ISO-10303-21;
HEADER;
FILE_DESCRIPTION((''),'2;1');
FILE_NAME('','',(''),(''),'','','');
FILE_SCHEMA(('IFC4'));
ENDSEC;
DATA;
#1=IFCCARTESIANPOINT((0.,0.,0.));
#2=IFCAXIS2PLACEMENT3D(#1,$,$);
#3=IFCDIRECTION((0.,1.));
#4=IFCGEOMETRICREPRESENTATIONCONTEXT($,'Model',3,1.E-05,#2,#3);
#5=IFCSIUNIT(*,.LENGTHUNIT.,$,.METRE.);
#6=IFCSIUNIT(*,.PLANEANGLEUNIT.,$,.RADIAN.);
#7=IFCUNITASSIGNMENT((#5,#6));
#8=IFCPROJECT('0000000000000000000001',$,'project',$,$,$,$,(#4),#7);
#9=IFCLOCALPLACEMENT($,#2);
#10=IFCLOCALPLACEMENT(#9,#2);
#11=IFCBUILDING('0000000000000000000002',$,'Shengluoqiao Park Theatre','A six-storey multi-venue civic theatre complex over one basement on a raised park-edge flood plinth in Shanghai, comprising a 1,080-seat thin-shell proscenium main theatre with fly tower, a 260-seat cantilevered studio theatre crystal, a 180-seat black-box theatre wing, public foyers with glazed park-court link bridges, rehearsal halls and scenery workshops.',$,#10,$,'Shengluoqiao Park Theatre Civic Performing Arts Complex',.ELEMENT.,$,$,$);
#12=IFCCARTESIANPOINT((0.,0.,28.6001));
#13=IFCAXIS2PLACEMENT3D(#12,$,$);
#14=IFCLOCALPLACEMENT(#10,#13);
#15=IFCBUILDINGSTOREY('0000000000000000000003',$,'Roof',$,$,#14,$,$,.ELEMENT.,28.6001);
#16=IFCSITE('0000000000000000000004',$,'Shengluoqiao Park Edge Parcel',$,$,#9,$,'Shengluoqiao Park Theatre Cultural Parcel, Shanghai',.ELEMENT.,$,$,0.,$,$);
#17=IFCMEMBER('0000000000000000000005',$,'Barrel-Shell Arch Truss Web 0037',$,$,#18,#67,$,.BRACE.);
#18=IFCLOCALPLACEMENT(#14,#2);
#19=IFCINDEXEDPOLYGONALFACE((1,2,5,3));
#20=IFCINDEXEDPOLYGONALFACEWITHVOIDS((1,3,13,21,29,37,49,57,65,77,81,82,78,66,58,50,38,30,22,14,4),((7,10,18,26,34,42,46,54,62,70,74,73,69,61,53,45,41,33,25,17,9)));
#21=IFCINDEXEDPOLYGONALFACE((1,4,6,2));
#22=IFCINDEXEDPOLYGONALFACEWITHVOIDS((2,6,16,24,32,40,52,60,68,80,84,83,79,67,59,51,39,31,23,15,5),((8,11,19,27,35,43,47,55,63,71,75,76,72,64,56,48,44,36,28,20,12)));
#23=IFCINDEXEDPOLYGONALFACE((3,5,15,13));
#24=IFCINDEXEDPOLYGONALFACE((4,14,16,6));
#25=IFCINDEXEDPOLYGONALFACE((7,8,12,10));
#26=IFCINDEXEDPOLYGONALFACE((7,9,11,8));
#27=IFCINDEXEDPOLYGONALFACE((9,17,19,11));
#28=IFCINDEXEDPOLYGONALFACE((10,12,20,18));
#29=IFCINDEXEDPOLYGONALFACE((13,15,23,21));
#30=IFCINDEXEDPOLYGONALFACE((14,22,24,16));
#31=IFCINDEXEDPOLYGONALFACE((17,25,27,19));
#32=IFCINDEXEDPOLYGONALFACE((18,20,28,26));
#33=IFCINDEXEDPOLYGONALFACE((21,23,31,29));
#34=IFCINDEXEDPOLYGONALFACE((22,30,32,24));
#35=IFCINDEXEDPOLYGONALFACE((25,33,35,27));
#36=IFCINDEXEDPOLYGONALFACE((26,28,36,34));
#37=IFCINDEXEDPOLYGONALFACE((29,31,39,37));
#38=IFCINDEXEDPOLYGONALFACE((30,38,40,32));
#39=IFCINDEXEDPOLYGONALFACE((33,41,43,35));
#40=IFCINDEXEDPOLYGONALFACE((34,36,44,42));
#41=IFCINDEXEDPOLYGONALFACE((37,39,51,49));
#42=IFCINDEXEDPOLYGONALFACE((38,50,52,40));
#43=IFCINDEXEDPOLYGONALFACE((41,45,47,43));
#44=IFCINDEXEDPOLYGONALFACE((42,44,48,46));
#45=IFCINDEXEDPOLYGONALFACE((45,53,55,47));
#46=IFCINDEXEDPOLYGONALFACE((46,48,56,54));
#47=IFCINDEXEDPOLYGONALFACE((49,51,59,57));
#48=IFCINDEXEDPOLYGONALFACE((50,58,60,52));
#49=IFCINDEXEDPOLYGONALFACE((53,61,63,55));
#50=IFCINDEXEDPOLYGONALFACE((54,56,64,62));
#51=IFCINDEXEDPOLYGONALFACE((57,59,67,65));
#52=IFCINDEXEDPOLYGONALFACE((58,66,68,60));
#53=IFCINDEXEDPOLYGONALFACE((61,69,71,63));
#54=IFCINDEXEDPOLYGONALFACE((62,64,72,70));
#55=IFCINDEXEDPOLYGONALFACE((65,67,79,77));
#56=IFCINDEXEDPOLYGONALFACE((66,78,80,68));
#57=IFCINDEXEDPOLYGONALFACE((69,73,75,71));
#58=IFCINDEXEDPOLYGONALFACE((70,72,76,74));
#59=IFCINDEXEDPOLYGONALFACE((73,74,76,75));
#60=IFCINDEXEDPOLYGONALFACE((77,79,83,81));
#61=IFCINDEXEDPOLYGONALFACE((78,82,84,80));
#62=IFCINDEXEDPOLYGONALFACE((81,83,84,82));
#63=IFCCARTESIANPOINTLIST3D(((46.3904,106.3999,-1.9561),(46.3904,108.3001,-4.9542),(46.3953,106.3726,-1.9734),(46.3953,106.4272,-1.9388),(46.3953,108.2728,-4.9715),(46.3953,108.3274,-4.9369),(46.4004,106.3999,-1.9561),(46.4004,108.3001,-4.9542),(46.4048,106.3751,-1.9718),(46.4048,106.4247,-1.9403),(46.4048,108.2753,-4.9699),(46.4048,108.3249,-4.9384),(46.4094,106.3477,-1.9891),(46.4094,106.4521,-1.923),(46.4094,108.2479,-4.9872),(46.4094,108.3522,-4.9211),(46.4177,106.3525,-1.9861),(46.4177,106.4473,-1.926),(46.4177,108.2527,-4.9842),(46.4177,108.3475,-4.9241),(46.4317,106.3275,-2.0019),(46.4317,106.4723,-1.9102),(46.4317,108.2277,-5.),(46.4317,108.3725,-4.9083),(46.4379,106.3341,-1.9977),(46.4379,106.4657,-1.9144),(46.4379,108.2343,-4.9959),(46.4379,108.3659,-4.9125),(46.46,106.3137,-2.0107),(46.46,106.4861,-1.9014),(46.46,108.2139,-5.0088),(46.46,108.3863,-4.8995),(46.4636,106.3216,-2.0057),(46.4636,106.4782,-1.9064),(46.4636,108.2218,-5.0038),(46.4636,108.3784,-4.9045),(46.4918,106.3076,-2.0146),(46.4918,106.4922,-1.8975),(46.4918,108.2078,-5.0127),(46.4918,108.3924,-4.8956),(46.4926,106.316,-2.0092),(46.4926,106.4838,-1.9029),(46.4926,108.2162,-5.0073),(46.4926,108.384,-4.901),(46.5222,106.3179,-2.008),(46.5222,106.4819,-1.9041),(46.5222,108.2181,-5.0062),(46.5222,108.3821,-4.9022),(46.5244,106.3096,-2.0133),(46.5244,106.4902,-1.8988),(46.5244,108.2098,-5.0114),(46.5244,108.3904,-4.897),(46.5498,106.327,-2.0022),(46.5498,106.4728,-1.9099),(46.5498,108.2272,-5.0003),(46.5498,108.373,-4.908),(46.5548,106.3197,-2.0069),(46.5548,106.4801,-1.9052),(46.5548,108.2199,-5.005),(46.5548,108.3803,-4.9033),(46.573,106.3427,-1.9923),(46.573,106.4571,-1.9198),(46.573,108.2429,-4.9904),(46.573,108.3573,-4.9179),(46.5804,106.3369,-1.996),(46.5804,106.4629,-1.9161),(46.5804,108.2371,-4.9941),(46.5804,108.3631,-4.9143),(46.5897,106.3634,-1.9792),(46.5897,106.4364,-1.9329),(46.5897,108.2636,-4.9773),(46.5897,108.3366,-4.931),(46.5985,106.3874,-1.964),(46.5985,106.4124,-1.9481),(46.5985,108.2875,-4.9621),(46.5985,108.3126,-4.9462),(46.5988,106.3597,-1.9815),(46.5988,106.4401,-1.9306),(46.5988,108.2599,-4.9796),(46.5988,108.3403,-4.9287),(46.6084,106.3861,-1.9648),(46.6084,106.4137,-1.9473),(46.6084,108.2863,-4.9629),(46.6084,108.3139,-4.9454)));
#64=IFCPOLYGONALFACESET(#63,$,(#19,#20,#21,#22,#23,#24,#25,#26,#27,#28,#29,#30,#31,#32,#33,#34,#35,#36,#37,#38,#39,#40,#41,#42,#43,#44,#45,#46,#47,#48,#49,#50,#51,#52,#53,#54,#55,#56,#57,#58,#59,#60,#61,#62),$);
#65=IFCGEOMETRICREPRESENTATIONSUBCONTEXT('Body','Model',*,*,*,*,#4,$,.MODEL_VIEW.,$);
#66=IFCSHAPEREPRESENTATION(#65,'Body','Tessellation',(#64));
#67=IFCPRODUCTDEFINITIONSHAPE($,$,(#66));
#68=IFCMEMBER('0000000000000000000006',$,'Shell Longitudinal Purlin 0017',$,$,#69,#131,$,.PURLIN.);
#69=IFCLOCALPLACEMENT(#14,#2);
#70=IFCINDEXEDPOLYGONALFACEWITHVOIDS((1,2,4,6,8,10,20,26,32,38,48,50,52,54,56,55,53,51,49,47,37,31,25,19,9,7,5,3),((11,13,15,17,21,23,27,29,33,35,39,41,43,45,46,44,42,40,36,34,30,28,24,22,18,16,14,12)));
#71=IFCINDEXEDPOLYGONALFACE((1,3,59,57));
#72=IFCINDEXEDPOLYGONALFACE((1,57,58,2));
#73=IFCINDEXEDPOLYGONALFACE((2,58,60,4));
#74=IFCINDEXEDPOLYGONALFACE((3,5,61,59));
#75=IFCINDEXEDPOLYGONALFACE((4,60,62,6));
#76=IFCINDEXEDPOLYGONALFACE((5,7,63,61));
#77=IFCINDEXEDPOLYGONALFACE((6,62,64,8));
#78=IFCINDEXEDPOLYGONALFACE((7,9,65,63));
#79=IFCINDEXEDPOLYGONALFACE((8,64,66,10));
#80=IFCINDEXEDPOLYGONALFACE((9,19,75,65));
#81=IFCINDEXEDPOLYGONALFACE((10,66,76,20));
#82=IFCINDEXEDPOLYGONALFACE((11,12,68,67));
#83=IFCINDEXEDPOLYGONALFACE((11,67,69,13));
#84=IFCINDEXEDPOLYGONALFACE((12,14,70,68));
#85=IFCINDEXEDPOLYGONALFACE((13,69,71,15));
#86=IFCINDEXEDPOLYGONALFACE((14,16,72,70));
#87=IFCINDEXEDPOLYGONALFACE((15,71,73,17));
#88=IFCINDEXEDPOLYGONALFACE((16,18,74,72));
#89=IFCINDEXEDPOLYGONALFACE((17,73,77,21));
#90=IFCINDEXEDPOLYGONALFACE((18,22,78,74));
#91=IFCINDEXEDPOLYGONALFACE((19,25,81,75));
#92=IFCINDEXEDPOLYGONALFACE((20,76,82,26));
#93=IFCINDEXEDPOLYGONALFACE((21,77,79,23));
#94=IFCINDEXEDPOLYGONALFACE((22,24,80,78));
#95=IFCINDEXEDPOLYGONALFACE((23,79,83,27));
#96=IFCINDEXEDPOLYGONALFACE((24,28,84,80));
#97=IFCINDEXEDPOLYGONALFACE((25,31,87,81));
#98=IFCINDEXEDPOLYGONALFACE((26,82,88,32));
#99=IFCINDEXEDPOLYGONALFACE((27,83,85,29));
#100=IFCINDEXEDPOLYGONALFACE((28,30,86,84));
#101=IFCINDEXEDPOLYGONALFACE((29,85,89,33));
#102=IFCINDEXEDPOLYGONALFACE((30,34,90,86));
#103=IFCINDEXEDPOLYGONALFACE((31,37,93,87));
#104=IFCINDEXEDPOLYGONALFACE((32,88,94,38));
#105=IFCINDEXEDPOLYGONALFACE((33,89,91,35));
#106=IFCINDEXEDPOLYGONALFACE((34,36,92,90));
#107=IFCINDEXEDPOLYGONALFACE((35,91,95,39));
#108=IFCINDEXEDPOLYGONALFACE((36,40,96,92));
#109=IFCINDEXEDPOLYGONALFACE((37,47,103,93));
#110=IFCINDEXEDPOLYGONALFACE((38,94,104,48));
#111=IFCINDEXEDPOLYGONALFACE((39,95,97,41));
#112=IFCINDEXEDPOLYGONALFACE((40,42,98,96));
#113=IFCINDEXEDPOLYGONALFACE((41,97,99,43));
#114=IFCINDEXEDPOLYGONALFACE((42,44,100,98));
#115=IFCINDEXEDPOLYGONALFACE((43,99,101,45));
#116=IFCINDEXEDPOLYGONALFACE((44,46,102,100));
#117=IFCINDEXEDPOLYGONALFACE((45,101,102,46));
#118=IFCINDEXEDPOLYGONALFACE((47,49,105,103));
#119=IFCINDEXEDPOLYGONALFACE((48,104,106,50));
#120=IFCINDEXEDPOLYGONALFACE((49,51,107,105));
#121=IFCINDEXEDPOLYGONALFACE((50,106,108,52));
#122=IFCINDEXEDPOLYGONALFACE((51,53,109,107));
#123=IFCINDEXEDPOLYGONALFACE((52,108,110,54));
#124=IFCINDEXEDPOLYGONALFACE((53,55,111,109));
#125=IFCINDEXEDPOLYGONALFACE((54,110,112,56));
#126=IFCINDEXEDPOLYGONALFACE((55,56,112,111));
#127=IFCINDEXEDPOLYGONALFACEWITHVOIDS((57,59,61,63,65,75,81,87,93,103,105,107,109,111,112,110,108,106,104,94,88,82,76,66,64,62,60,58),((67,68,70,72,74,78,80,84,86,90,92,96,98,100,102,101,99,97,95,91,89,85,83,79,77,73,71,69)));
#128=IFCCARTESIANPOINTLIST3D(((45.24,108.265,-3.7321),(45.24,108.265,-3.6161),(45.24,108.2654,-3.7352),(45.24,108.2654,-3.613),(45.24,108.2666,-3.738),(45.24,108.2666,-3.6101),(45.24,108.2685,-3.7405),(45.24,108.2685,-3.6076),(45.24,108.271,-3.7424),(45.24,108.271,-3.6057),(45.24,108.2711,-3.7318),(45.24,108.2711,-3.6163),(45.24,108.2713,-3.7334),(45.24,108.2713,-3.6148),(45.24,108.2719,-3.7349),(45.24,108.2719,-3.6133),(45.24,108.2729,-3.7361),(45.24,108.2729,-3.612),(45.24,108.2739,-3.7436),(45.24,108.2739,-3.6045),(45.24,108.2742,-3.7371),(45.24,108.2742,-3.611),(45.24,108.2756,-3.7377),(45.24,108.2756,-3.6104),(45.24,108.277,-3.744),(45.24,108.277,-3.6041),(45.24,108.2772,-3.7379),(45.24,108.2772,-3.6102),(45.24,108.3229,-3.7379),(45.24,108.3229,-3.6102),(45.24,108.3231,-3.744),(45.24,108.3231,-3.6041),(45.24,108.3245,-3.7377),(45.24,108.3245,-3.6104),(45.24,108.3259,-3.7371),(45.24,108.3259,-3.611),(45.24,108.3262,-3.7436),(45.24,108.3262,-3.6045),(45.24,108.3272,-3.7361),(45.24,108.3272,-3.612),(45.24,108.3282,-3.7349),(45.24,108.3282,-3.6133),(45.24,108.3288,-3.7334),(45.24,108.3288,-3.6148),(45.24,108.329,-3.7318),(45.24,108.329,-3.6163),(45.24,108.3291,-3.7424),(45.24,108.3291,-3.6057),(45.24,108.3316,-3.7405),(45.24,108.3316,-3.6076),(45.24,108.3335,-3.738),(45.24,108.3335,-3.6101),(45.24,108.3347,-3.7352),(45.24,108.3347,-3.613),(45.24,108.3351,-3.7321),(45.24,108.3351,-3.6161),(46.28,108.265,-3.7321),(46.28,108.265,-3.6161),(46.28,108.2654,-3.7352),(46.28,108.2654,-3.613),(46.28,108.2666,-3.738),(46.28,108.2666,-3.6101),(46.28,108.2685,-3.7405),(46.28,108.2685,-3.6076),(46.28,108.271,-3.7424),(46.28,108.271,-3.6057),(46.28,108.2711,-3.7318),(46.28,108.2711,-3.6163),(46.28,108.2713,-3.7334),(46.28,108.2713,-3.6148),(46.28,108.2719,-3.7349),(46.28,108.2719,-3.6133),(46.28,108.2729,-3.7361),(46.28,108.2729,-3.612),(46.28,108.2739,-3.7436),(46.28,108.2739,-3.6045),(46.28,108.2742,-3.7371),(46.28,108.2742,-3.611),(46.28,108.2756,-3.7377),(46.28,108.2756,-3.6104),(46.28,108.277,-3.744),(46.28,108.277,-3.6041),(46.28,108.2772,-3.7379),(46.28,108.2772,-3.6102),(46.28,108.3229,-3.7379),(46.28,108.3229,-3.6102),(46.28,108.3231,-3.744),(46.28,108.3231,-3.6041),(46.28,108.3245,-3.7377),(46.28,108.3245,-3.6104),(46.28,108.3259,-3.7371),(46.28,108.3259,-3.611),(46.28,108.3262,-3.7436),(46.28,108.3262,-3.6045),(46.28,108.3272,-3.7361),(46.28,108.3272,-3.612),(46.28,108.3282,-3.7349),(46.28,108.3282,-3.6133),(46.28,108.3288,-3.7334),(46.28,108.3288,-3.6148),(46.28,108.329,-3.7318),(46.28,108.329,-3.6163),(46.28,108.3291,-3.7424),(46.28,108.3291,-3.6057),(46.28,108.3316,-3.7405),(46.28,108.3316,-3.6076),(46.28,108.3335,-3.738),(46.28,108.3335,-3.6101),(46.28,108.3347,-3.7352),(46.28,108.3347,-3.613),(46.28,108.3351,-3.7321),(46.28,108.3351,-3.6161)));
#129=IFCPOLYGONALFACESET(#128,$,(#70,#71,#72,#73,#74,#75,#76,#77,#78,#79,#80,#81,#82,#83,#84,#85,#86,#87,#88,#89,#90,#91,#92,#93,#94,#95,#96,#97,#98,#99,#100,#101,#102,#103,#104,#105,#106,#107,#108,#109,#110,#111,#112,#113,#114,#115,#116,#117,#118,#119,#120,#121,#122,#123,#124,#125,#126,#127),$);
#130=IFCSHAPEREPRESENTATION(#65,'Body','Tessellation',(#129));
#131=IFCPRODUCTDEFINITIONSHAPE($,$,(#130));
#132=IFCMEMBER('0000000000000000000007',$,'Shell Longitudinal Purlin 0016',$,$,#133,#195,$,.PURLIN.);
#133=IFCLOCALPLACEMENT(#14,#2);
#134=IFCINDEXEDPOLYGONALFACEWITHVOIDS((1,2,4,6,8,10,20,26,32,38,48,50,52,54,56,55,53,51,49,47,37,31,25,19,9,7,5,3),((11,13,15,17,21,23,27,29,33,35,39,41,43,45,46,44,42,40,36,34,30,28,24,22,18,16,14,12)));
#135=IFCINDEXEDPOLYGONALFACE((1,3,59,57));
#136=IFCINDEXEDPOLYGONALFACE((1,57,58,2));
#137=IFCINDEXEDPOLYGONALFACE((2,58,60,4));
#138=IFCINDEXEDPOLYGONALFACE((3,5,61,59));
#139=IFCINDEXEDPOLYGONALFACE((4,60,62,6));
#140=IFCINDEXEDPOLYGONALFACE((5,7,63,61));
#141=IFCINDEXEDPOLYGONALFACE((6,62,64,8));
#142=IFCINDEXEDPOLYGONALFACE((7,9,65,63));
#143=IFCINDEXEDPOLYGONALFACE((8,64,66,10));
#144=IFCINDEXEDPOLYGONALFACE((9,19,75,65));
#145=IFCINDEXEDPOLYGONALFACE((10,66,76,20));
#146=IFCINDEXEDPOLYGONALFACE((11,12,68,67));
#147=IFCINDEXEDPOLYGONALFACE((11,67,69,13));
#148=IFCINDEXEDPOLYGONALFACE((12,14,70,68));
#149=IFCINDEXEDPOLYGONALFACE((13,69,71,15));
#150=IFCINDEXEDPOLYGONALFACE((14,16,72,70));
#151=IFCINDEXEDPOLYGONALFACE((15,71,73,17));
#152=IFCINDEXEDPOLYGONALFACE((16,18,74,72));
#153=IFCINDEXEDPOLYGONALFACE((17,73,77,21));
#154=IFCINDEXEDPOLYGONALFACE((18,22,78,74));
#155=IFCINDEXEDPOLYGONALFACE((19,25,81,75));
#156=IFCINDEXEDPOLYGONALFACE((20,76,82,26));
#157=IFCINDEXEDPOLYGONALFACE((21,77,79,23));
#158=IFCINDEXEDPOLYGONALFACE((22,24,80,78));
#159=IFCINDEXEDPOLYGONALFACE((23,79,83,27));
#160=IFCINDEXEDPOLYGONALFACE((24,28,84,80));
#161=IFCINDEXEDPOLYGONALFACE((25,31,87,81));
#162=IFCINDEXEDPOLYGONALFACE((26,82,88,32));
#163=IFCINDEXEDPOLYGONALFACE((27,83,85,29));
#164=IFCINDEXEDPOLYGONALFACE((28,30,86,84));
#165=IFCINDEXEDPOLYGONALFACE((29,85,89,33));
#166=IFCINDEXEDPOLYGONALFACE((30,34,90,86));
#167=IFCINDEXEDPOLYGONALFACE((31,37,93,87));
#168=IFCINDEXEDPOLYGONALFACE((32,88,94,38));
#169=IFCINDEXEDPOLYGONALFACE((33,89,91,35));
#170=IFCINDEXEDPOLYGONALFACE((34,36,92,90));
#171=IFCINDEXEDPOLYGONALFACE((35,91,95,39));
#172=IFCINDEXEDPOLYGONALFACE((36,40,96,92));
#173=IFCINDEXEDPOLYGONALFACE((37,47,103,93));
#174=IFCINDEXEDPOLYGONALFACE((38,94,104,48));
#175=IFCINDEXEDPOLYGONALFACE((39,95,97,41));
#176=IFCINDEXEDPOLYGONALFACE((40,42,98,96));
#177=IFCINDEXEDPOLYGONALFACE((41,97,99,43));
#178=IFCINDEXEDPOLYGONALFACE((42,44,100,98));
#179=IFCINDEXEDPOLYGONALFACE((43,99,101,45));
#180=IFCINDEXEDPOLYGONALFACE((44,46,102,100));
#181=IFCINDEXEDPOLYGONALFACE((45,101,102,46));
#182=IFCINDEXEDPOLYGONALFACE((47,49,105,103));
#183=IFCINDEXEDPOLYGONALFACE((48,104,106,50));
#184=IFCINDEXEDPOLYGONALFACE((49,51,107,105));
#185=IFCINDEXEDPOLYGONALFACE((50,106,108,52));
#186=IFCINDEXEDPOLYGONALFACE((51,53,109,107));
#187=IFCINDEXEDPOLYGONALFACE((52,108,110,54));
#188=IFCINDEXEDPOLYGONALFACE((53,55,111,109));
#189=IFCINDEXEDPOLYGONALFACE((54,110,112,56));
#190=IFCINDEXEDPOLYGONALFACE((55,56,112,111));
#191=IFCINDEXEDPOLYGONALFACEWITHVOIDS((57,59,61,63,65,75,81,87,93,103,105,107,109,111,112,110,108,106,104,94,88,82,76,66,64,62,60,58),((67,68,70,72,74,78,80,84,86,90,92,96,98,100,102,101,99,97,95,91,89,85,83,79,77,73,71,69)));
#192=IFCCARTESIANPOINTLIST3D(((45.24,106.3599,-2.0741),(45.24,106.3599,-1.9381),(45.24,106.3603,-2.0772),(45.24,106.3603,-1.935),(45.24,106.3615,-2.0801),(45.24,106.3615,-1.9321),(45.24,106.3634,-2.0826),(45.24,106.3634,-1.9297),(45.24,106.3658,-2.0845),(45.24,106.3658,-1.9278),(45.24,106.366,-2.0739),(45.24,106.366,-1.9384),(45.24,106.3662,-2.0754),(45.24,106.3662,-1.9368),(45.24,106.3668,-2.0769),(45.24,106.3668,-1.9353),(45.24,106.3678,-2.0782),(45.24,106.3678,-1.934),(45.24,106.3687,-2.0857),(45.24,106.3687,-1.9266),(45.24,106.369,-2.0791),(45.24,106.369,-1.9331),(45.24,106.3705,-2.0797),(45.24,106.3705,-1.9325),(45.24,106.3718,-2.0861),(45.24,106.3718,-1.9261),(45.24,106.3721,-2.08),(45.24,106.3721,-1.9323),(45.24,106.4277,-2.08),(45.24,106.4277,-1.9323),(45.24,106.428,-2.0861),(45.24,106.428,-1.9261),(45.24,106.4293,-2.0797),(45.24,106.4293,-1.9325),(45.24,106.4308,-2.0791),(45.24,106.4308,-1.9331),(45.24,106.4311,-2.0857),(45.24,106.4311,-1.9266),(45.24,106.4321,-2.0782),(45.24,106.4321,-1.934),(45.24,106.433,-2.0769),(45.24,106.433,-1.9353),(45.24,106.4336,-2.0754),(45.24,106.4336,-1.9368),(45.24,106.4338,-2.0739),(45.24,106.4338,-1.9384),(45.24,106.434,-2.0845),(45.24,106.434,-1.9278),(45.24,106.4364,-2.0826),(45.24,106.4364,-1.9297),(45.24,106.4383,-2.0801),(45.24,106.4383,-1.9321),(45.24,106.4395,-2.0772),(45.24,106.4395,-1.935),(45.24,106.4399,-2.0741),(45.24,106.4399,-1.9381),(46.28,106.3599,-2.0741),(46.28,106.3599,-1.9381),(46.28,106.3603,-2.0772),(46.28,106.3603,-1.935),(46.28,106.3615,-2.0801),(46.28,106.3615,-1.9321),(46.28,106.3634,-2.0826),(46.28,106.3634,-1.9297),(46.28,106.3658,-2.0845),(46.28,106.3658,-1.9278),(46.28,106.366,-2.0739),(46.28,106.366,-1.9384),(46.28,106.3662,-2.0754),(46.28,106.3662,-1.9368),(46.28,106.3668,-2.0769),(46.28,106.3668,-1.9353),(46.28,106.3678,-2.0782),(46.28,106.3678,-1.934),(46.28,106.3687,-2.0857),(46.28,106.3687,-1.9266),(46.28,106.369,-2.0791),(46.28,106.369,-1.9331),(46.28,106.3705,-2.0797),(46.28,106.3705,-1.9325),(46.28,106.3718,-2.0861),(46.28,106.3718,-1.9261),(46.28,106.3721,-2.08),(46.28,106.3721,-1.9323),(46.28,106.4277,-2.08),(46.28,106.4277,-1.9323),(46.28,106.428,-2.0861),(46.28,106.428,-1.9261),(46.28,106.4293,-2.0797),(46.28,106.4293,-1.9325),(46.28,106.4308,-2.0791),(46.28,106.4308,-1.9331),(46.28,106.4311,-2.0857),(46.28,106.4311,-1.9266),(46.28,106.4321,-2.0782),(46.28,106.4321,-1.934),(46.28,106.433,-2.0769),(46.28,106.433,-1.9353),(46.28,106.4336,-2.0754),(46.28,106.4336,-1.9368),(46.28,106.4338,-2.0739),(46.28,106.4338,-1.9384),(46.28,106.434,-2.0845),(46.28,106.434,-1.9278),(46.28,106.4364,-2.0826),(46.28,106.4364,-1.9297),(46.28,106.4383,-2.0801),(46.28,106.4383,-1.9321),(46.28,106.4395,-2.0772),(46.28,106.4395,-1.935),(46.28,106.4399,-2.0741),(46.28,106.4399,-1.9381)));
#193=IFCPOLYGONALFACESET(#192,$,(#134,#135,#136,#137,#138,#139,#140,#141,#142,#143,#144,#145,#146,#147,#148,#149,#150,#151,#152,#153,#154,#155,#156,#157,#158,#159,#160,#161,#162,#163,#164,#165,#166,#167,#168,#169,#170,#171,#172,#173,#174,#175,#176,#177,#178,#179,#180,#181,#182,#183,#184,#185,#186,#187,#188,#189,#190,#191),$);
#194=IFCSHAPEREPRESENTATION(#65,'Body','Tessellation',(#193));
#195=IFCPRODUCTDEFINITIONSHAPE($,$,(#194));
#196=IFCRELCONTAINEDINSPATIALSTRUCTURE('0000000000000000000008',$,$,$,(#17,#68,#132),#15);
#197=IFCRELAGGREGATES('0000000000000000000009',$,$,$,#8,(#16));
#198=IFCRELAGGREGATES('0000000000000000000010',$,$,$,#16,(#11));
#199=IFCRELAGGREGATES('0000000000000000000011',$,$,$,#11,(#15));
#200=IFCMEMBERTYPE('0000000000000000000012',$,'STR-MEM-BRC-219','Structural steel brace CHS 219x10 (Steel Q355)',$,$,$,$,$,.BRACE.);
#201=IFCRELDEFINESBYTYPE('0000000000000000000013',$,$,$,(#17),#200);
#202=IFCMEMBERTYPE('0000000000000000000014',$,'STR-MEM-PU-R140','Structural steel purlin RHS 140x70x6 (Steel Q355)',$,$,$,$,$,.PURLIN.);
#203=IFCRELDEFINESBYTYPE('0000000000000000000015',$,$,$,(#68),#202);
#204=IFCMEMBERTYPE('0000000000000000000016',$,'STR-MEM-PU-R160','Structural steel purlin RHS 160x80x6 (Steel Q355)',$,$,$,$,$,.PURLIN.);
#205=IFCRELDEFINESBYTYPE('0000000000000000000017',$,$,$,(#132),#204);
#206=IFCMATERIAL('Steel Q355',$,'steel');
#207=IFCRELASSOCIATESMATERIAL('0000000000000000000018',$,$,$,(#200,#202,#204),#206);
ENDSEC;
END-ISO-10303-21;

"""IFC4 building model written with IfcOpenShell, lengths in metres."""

from ifc_helpers import new_model, si_unit, direction, frame, origin, origin_2d, place, context, subcontext, project, spatial, hollow_rectangle, hollow_circle, extrude, material, material_profile, profile_set, type_object, element, save


model = new_model("IFC4")

# Units and contexts
model_context = context("Model", 3, precision=1e-05, world=origin(), true_north=direction((0.0, 1.0)))
body_context = subcontext(model_context, "Body", "Model", "MODEL_VIEW")
ifc_project = project(units=[si_unit("LENGTHUNIT", "METRE"), si_unit("PLANEANGLEUNIT", "RADIAN")], contexts=[model_context])

# Site, building, storey
site_placement = place(None, origin())
site = spatial("IfcSite", under=ifc_project, at=site_placement, Name="Shengluoqiao Park Edge Parcel", LongName="Shengluoqiao Park Theatre Cultural Parcel, Shanghai", CompositionType="ELEMENT", RefElevation=0.0)
building_placement = place(site_placement, origin())
building = spatial("IfcBuilding", under=site, at=building_placement, Name="Shengluoqiao Park Theatre", Description="A six-storey multi-venue civic theatre complex over one basement on a raised park-edge flood plinth in Shanghai, comprising a 1,080-seat thin-shell proscenium main theatre with fly tower, a 260-seat cantilevered studio theatre crystal, a 180-seat black-box theatre wing, public foyers with glazed park-court link bridges, rehearsal halls and scenery workshops.", LongName="Shengluoqiao Park Theatre Civic Performing Arts Complex", CompositionType="ELEMENT")
storey_placement = place(building_placement, frame((0.0, 0.0, 28.6001)))
storey = spatial("IfcBuildingStorey", under=building, at=storey_placement, Name="Roof", CompositionType="ELEMENT", Elevation=28.6001)

# Shared definitions
ifc_material_1 = material(Name="Steel Q355", Category="steel")

# Members
ifc_material_profile_1 = material_profile(ifc_material_1, hollow_circle(Radius=0.1096, WallThickness=0.01, at=origin_2d()), Name="CHS 219x10")
ifc_profile_set_1 = profile_set([ifc_material_profile_1], Name="Steel Q355")
member_type_1 = type_object("IfcMemberType", Name="STR-MEM-BRC-219", Description="Structural steel brace CHS 219x10 (Steel Q355)", PredefinedType="BRACE", material=ifc_profile_set_1)
member_1_placement = place(storey_placement, frame((46.5, 106.3999, -1.9561), z_axis=(0.0, 0.53533, -0.844643), x_axis=(-1.0, 0.0, 0.0)))
element("IfcMember", 1, at=member_1_placement, inside=storey, type_object=member_type_1, Name="Barrel-Shell Arch Truss Web 0037", PredefinedType="BRACE", context=body_context, shape_type="SweptSolid", body=[
    extrude(hollow_circle(Radius=0.1096, WallThickness=0.01, at=origin_2d()), origin(), (0.0, 0.0, 1.0), 3.5496),
])
ifc_material_profile_2 = material_profile(ifc_material_1, hollow_rectangle(XDim=0.0701, YDim=0.1399, WallThickness=0.0061, InnerFilletRadius=0.0061, OuterFilletRadius=0.012, at=origin_2d()), Name="RHS 140x70x6")
ifc_profile_set_2 = profile_set([ifc_material_profile_2], Name="Steel Q355")
member_type_2 = type_object("IfcMemberType", Name="STR-MEM-PU-R140", Description="Structural steel purlin RHS 140x70x6 (Steel Q355)", PredefinedType="PURLIN", material=ifc_profile_set_2)
member_2_placement = place(storey_placement, frame((45.24, 108.3, -3.6741), z_axis=(1.0, 0.0, 0.0), x_axis=(0.0, 1.0, 0.0)))
element("IfcMember", 2, at=member_2_placement, inside=storey, type_object=member_type_2, Name="Shell Longitudinal Purlin 0017", PredefinedType="PURLIN", context=body_context, shape_type="SweptSolid", body=[
    extrude(hollow_rectangle(XDim=0.0701, YDim=0.1399, WallThickness=0.0061, InnerFilletRadius=0.0061, OuterFilletRadius=0.012, at=origin_2d()), origin(), (0.0, 0.0, 1.0), 1.04),
])
ifc_material_profile_3 = material_profile(ifc_material_1, hollow_rectangle(XDim=0.0801, YDim=0.1599, WallThickness=0.0061, InnerFilletRadius=0.0061, OuterFilletRadius=0.012, at=origin_2d()), Name="RHS 160x80x6")
ifc_profile_set_3 = profile_set([ifc_material_profile_3], Name="Steel Q355")
member_type_3 = type_object("IfcMemberType", Name="STR-MEM-PU-R160", Description="Structural steel purlin RHS 160x80x6 (Steel Q355)", PredefinedType="PURLIN", material=ifc_profile_set_3)
member_3_placement = place(storey_placement, frame((45.24, 106.3999, -2.0061), z_axis=(1.0, 0.0, 0.0), x_axis=(0.0, 1.0, 0.0)))
element("IfcMember", 3, at=member_3_placement, inside=storey, type_object=member_type_3, Name="Shell Longitudinal Purlin 0016", PredefinedType="PURLIN", context=body_context, shape_type="SweptSolid", body=[
    extrude(hollow_rectangle(XDim=0.0801, YDim=0.1599, WallThickness=0.0061, InnerFilletRadius=0.0061, OuterFilletRadius=0.012, at=origin_2d()), origin(), (0.0, 0.0, 1.0), 1.04),
])

save(model, "model.ifc")
